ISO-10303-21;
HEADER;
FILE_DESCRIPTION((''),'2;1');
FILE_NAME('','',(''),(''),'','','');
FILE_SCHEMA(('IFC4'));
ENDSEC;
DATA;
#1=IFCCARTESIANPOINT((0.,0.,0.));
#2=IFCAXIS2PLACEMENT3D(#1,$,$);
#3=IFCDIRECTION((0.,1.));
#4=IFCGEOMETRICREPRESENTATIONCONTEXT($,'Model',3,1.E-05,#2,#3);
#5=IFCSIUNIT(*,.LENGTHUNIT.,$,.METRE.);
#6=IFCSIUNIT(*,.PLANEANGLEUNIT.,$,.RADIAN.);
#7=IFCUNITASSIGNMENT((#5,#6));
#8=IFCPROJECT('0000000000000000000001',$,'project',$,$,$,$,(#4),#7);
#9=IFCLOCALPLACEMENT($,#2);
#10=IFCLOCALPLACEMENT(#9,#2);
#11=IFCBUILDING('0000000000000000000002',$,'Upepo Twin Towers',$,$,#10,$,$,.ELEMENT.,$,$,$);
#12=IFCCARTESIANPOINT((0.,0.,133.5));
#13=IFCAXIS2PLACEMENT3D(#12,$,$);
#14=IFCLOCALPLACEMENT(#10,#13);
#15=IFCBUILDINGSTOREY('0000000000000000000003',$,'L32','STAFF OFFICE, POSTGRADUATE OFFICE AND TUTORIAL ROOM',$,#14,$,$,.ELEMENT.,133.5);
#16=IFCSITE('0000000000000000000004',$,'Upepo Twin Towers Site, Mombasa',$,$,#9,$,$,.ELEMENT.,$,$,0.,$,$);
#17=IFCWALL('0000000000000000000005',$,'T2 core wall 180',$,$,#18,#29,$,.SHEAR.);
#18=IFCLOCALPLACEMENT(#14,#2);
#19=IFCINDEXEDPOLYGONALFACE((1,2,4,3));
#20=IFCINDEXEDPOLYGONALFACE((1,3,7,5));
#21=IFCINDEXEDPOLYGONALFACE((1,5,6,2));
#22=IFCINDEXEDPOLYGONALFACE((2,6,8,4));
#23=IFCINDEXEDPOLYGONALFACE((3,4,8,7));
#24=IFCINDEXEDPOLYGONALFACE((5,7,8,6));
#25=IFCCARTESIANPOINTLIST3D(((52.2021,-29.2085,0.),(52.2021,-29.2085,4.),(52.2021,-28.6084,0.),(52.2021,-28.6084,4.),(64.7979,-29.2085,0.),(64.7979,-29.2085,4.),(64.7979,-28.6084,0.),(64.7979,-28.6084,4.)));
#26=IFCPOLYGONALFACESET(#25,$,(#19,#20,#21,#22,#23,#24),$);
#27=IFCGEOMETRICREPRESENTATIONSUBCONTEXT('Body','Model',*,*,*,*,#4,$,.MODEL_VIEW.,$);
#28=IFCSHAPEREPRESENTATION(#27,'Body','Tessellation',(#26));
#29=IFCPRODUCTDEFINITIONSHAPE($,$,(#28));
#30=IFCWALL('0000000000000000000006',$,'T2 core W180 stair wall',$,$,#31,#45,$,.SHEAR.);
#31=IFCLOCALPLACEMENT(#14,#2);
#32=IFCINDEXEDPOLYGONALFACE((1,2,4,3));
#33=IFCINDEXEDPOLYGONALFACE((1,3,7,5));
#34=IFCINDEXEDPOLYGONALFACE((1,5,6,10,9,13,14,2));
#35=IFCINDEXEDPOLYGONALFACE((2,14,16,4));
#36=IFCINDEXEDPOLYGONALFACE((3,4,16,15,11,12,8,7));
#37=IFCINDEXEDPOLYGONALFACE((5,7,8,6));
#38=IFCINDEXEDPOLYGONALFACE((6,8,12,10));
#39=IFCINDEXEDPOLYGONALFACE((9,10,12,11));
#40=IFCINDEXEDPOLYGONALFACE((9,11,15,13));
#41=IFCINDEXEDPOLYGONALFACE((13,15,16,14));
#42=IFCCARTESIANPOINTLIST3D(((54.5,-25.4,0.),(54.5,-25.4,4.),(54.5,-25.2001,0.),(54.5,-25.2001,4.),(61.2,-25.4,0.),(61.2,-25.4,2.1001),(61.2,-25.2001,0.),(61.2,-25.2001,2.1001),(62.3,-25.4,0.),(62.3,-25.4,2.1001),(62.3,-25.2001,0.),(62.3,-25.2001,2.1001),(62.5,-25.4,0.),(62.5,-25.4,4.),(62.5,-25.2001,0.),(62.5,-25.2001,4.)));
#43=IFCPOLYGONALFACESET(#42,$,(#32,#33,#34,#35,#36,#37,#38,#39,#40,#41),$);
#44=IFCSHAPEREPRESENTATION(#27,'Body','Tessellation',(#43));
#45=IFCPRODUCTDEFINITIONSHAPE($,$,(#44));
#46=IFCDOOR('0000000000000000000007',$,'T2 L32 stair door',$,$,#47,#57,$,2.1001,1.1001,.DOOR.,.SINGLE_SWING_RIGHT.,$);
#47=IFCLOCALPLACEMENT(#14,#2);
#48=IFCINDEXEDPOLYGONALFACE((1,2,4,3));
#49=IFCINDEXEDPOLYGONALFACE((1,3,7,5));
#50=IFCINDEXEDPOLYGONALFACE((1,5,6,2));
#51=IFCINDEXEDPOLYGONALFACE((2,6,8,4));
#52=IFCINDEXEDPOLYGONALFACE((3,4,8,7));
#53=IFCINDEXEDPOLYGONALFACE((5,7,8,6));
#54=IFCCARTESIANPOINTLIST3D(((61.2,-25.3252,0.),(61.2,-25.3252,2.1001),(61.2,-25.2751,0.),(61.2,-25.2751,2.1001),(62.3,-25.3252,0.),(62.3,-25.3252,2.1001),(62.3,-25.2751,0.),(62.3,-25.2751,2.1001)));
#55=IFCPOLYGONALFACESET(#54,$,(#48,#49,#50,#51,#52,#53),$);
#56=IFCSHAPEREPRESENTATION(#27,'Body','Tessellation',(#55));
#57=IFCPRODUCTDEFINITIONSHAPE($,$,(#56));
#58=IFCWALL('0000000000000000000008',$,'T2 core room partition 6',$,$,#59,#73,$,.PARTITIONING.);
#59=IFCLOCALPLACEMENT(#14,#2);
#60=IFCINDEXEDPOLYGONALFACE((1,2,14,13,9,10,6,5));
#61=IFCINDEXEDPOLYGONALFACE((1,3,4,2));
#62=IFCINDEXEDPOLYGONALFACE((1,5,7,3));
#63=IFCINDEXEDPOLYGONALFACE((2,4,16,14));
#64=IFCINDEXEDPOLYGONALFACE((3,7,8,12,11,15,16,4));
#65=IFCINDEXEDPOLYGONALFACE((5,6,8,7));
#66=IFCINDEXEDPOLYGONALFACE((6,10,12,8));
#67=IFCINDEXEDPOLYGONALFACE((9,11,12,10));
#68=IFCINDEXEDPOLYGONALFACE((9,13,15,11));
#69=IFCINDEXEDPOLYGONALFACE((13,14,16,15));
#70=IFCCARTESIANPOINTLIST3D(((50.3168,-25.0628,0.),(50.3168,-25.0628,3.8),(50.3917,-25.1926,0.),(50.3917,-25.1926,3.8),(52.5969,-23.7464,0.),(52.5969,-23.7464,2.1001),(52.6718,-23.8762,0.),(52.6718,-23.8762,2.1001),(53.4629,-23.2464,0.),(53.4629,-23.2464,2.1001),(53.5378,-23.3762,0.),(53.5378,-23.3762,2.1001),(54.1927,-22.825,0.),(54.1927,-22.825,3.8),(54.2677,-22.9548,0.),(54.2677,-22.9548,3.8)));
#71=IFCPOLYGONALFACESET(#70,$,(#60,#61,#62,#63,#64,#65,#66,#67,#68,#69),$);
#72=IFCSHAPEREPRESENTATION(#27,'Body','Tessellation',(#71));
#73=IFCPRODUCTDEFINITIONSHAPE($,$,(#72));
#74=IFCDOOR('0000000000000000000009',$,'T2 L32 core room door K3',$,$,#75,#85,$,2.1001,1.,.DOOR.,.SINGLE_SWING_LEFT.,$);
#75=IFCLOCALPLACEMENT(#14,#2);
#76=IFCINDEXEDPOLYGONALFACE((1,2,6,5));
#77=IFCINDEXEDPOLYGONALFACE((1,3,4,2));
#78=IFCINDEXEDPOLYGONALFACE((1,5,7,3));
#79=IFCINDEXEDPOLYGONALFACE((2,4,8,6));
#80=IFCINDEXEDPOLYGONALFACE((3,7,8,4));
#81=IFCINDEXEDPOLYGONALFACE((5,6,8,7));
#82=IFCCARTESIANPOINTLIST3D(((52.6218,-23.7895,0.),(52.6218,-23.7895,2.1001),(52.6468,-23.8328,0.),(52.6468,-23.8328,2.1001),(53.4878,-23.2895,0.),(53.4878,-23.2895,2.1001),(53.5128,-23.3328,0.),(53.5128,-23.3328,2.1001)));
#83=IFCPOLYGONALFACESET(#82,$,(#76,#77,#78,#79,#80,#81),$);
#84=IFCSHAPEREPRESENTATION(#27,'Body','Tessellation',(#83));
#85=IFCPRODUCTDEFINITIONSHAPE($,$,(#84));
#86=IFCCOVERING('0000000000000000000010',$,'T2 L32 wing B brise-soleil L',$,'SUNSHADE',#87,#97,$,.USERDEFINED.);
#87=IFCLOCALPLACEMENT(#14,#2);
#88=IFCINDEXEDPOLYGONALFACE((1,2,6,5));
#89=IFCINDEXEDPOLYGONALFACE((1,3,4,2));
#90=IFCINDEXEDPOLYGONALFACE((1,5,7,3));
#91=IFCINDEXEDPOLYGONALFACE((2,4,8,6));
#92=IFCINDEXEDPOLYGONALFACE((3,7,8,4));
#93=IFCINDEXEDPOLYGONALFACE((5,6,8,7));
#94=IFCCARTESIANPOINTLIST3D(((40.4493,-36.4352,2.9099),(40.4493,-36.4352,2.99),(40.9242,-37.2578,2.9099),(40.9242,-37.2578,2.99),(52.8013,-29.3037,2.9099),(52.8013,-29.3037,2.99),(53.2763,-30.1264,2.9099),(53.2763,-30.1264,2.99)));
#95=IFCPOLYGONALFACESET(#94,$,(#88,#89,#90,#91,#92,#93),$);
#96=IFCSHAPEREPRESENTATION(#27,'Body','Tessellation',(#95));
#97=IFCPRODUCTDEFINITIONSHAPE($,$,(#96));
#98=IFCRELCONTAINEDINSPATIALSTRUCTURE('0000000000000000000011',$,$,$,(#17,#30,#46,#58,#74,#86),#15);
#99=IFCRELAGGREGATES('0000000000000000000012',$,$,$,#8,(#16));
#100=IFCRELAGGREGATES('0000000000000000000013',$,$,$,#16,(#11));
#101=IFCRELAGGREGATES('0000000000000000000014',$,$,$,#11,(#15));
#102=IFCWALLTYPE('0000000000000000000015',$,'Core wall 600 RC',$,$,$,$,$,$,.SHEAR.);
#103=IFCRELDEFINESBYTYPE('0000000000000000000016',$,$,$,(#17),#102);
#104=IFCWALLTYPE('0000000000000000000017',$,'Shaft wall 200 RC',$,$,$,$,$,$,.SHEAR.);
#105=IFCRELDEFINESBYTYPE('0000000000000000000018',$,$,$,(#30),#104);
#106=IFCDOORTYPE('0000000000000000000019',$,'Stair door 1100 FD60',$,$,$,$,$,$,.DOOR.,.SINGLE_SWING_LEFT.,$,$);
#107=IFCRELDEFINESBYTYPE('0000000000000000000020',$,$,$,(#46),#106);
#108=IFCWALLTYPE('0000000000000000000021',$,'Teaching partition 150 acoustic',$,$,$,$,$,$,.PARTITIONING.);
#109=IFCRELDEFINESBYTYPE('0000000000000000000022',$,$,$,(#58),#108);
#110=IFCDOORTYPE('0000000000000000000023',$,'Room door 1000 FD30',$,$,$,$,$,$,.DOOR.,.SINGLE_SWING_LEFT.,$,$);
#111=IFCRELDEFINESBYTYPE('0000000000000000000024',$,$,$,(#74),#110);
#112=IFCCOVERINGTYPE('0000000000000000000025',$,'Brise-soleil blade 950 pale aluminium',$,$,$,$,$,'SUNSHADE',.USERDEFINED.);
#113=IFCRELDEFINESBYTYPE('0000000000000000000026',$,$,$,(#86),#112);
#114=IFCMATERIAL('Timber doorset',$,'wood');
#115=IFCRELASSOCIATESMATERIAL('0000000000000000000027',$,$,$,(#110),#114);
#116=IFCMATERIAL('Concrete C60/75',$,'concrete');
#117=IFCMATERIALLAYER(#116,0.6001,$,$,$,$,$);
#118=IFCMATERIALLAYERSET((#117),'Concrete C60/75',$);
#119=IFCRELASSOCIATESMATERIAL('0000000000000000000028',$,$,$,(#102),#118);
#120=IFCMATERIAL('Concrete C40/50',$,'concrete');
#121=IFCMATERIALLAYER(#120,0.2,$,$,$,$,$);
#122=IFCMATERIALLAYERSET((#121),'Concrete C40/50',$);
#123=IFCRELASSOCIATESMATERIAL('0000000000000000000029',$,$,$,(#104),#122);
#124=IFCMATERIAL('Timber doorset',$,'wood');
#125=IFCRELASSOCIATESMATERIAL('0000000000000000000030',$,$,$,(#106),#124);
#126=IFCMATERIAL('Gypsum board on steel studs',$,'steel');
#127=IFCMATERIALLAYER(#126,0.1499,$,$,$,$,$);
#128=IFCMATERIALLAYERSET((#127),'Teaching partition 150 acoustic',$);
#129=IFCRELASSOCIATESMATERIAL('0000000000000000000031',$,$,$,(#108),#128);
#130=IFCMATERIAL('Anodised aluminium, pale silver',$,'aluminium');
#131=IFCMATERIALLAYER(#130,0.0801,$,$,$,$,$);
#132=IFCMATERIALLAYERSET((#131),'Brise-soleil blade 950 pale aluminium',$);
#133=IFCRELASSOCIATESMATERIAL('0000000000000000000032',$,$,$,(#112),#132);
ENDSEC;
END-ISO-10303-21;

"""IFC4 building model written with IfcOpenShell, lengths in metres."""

from ifc_helpers import new_model, si_unit, direction, frame, frame_2d, origin, origin_2d, place, context, subcontext, project, spatial, rectangle, extrude, material, layer, layer_set, type_object, element, fill, save


model = new_model("IFC4")

# Units and contexts
model_context = context("Model", 3, precision=1e-05, world=origin(), true_north=direction((0.0, 1.0)))
body_context = subcontext(model_context, "Body", "Model", "MODEL_VIEW")
ifc_project = project(units=[si_unit("LENGTHUNIT", "METRE"), si_unit("PLANEANGLEUNIT", "RADIAN")], contexts=[model_context])

# Site, building, storey
site_placement = place(None, origin())
site = spatial("IfcSite", under=ifc_project, at=site_placement, Name="Upepo Twin Towers Site, Mombasa", CompositionType="ELEMENT", RefElevation=0.0)
building_placement = place(site_placement, origin())
building = spatial("IfcBuilding", under=site, at=building_placement, Name="Upepo Twin Towers", CompositionType="ELEMENT")
storey_placement = place(building_placement, frame((0.0, 0.0, 133.5)))
storey = spatial("IfcBuildingStorey", under=building, at=storey_placement, Name="L32", Description="STAFF OFFICE, POSTGRADUATE OFFICE AND TUTORIAL ROOM", CompositionType="ELEMENT", Elevation=133.5)

# Shared definitions
ifc_material_1 = material(Name="Timber doorset", Category="wood")
door_type_1 = type_object("IfcDoorType", Name="Room door 1000 FD30", OperationType="SINGLE_SWING_LEFT", PredefinedType="DOOR", material=ifc_material_1)

# Wall
ifc_material_2 = material(Name="Concrete C60/75", Category="concrete")
ifc_layer_1 = layer(ifc_material_2, 0.6001)
ifc_layer_set_1 = layer_set([ifc_layer_1], Name="Concrete C60/75")
wall_type_1 = type_object("IfcWallType", Name="Core wall 600 RC", PredefinedType="SHEAR", material=ifc_layer_set_1)
wall_1_placement = place(storey_placement, frame((52.2021, -28.9084, 0.0), z_axis=(0.0, 0.0, 1.0), x_axis=(1.0, 0.0, 0.0)))
element("IfcWall", 1, at=wall_1_placement, inside=storey, type_object=wall_type_1, Name="T2 core wall 180", PredefinedType="SHEAR", context=body_context, shape_type="SweptSolid", body=[
    extrude(rectangle(XDim=12.5957, YDim=0.6001, at=frame_2d((6.2979, 0.0))), origin(), (0.0, 0.0, 1.0), 4.0),
])

# Walls, openings, doors
ifc_material_3 = material(Name="Concrete C40/50", Category="concrete")
ifc_layer_2 = layer(ifc_material_3, 0.2)
ifc_layer_set_2 = layer_set([ifc_layer_2], Name="Concrete C40/50")
wall_type_2 = type_object("IfcWallType", Name="Shaft wall 200 RC", PredefinedType="SHEAR", material=ifc_layer_set_2)
wall_2_placement = place(storey_placement, frame((54.5, -25.3, 0.0), z_axis=(0.0, 0.0, 1.0), x_axis=(1.0, 0.0, 0.0)))
wall_2 = element("IfcWall", 2, at=wall_2_placement, inside=storey, type_object=wall_type_2, Name="T2 core W180 stair wall", PredefinedType="SHEAR", context=body_context, shape_type="SweptSolid", body=[
    extrude(rectangle(XDim=8.0, YDim=0.2, at=frame_2d((4.0, 0.0))), origin(), (0.0, 0.0, 1.0), 4.0),
])
opening_1_placement = place(wall_2_placement, frame((6.7, 0.0, 0.0)))
opening_1 = element("IfcOpeningElement", 3, at=opening_1_placement, cuts=wall_2, PredefinedType="OPENING", context=body_context, shape_type="SweptSolid", body=[
    extrude(rectangle(XDim=1.1001, YDim=2.1001, at=frame_2d((0.55, 1.05))), frame((0.0, 0.1099, 0.0), z_axis=(0.0, -1.0, 0.0), x_axis=(1.0, 0.0, 0.0)), (0.0, 0.0, 1.0), 0.22),
])
ifc_material_4 = material(Name="Timber doorset", Category="wood")
door_type_2 = type_object("IfcDoorType", Name="Stair door 1100 FD60", OperationType="SINGLE_SWING_LEFT", PredefinedType="DOOR", material=ifc_material_4)
door_1_placement = place(opening_1_placement, origin())
door_1 = element("IfcDoor", 4, at=door_1_placement, inside=storey, type_object=door_type_2, Name="T2 L32 stair door", OperationType="SINGLE_SWING_RIGHT", OverallHeight=2.1001, OverallWidth=1.1001, PredefinedType="DOOR", context=body_context, shape_type="SweptSolid", body=[
    extrude(rectangle(XDim=1.1001, YDim=2.1001, at=frame_2d((0.55, 1.05))), frame((0.0, 0.0249, 0.0), z_axis=(0.0, -1.0, 0.0), x_axis=(1.0, 0.0, 0.0)), (0.0, 0.0, 1.0), 0.05),
])
fill(opening_1, door_1)
ifc_material_5 = material(Name="Gypsum board on steel studs", Category="steel")
ifc_layer_3 = layer(ifc_material_5, 0.1499)
ifc_layer_set_3 = layer_set([ifc_layer_3], Name="Teaching partition 150 acoustic")
wall_type_3 = type_object("IfcWallType", Name="Teaching partition 150 acoustic", PredefinedType="PARTITIONING", material=ifc_layer_set_3)
wall_3_placement = place(storey_placement, frame((54.2302, -22.8899, 0.0), z_axis=(0.0, 0.0, 1.0), x_axis=(-0.866026, -0.499999, 0.0)))
wall_3 = element("IfcWall", 5, at=wall_3_placement, inside=storey, type_object=wall_type_3, Name="T2 core room partition 6", PredefinedType="PARTITIONING", context=body_context, shape_type="SweptSolid", body=[
    extrude(rectangle(XDim=4.4756, YDim=0.1499, at=frame_2d((2.2378, 0.0))), origin(), (0.0, 0.0, 1.0), 3.8),
])
opening_2_placement = place(wall_3_placement, frame((0.8428, 0.0, 0.0)))
opening_2 = element("IfcOpeningElement", 6, at=opening_2_placement, cuts=wall_3, PredefinedType="OPENING", context=body_context, shape_type="SweptSolid", body=[
    extrude(rectangle(XDim=1.0, YDim=2.1001, at=frame_2d((0.5, 1.05))), frame((0.0, 0.085, 0.0), z_axis=(0.0, -1.0, 0.0), x_axis=(1.0, 0.0, 0.0)), (0.0, 0.0, 1.0), 0.1699),
])
door_2_placement = place(opening_2_placement, origin())
door_2 = element("IfcDoor", 7, at=door_2_placement, inside=storey, type_object=door_type_1, Name="T2 L32 core room door K3", OperationType="SINGLE_SWING_LEFT", OverallHeight=2.1001, OverallWidth=1.0, PredefinedType="DOOR", context=body_context, shape_type="SweptSolid", body=[
    extrude(rectangle(XDim=1.0, YDim=2.1001, at=frame_2d((0.5, 1.05))), frame((0.0, 0.0249, 0.0), z_axis=(0.0, -1.0, 0.0), x_axis=(1.0, 0.0, 0.0)), (0.0, 0.0, 1.0), 0.05),
])
fill(opening_2, door_2)

# Covering
ifc_material_6 = material(Name="Anodised aluminium, pale silver", Category="aluminium")
ifc_layer_4 = layer(ifc_material_6, 0.0801)
ifc_layer_set_4 = layer_set([ifc_layer_4], Name="Brise-soleil blade 950 pale aluminium")
covering_type = type_object("IfcCoveringType", Name="Brise-soleil blade 950 pale aluminium", ElementType="SUNSHADE", PredefinedType="USERDEFINED", material=ifc_layer_set_4)
covering_placement = place(storey_placement, frame((46.8628, -33.2808, 2.9099), z_axis=(0.0, 0.0, 1.0), x_axis=(-0.866025, -0.5, 0.0)))
element("IfcCovering", 8, at=covering_placement, inside=storey, type_object=covering_type, Name="T2 L32 wing B brise-soleil L", ObjectType="SUNSHADE", PredefinedType="USERDEFINED", context=body_context, shape_type="SweptSolid", body=[
    extrude(rectangle(XDim=14.2629, YDim=0.95, at=origin_2d()), origin(), (0.0, 0.0, 1.0), 0.0801),
])

save(model, "model.ifc")
